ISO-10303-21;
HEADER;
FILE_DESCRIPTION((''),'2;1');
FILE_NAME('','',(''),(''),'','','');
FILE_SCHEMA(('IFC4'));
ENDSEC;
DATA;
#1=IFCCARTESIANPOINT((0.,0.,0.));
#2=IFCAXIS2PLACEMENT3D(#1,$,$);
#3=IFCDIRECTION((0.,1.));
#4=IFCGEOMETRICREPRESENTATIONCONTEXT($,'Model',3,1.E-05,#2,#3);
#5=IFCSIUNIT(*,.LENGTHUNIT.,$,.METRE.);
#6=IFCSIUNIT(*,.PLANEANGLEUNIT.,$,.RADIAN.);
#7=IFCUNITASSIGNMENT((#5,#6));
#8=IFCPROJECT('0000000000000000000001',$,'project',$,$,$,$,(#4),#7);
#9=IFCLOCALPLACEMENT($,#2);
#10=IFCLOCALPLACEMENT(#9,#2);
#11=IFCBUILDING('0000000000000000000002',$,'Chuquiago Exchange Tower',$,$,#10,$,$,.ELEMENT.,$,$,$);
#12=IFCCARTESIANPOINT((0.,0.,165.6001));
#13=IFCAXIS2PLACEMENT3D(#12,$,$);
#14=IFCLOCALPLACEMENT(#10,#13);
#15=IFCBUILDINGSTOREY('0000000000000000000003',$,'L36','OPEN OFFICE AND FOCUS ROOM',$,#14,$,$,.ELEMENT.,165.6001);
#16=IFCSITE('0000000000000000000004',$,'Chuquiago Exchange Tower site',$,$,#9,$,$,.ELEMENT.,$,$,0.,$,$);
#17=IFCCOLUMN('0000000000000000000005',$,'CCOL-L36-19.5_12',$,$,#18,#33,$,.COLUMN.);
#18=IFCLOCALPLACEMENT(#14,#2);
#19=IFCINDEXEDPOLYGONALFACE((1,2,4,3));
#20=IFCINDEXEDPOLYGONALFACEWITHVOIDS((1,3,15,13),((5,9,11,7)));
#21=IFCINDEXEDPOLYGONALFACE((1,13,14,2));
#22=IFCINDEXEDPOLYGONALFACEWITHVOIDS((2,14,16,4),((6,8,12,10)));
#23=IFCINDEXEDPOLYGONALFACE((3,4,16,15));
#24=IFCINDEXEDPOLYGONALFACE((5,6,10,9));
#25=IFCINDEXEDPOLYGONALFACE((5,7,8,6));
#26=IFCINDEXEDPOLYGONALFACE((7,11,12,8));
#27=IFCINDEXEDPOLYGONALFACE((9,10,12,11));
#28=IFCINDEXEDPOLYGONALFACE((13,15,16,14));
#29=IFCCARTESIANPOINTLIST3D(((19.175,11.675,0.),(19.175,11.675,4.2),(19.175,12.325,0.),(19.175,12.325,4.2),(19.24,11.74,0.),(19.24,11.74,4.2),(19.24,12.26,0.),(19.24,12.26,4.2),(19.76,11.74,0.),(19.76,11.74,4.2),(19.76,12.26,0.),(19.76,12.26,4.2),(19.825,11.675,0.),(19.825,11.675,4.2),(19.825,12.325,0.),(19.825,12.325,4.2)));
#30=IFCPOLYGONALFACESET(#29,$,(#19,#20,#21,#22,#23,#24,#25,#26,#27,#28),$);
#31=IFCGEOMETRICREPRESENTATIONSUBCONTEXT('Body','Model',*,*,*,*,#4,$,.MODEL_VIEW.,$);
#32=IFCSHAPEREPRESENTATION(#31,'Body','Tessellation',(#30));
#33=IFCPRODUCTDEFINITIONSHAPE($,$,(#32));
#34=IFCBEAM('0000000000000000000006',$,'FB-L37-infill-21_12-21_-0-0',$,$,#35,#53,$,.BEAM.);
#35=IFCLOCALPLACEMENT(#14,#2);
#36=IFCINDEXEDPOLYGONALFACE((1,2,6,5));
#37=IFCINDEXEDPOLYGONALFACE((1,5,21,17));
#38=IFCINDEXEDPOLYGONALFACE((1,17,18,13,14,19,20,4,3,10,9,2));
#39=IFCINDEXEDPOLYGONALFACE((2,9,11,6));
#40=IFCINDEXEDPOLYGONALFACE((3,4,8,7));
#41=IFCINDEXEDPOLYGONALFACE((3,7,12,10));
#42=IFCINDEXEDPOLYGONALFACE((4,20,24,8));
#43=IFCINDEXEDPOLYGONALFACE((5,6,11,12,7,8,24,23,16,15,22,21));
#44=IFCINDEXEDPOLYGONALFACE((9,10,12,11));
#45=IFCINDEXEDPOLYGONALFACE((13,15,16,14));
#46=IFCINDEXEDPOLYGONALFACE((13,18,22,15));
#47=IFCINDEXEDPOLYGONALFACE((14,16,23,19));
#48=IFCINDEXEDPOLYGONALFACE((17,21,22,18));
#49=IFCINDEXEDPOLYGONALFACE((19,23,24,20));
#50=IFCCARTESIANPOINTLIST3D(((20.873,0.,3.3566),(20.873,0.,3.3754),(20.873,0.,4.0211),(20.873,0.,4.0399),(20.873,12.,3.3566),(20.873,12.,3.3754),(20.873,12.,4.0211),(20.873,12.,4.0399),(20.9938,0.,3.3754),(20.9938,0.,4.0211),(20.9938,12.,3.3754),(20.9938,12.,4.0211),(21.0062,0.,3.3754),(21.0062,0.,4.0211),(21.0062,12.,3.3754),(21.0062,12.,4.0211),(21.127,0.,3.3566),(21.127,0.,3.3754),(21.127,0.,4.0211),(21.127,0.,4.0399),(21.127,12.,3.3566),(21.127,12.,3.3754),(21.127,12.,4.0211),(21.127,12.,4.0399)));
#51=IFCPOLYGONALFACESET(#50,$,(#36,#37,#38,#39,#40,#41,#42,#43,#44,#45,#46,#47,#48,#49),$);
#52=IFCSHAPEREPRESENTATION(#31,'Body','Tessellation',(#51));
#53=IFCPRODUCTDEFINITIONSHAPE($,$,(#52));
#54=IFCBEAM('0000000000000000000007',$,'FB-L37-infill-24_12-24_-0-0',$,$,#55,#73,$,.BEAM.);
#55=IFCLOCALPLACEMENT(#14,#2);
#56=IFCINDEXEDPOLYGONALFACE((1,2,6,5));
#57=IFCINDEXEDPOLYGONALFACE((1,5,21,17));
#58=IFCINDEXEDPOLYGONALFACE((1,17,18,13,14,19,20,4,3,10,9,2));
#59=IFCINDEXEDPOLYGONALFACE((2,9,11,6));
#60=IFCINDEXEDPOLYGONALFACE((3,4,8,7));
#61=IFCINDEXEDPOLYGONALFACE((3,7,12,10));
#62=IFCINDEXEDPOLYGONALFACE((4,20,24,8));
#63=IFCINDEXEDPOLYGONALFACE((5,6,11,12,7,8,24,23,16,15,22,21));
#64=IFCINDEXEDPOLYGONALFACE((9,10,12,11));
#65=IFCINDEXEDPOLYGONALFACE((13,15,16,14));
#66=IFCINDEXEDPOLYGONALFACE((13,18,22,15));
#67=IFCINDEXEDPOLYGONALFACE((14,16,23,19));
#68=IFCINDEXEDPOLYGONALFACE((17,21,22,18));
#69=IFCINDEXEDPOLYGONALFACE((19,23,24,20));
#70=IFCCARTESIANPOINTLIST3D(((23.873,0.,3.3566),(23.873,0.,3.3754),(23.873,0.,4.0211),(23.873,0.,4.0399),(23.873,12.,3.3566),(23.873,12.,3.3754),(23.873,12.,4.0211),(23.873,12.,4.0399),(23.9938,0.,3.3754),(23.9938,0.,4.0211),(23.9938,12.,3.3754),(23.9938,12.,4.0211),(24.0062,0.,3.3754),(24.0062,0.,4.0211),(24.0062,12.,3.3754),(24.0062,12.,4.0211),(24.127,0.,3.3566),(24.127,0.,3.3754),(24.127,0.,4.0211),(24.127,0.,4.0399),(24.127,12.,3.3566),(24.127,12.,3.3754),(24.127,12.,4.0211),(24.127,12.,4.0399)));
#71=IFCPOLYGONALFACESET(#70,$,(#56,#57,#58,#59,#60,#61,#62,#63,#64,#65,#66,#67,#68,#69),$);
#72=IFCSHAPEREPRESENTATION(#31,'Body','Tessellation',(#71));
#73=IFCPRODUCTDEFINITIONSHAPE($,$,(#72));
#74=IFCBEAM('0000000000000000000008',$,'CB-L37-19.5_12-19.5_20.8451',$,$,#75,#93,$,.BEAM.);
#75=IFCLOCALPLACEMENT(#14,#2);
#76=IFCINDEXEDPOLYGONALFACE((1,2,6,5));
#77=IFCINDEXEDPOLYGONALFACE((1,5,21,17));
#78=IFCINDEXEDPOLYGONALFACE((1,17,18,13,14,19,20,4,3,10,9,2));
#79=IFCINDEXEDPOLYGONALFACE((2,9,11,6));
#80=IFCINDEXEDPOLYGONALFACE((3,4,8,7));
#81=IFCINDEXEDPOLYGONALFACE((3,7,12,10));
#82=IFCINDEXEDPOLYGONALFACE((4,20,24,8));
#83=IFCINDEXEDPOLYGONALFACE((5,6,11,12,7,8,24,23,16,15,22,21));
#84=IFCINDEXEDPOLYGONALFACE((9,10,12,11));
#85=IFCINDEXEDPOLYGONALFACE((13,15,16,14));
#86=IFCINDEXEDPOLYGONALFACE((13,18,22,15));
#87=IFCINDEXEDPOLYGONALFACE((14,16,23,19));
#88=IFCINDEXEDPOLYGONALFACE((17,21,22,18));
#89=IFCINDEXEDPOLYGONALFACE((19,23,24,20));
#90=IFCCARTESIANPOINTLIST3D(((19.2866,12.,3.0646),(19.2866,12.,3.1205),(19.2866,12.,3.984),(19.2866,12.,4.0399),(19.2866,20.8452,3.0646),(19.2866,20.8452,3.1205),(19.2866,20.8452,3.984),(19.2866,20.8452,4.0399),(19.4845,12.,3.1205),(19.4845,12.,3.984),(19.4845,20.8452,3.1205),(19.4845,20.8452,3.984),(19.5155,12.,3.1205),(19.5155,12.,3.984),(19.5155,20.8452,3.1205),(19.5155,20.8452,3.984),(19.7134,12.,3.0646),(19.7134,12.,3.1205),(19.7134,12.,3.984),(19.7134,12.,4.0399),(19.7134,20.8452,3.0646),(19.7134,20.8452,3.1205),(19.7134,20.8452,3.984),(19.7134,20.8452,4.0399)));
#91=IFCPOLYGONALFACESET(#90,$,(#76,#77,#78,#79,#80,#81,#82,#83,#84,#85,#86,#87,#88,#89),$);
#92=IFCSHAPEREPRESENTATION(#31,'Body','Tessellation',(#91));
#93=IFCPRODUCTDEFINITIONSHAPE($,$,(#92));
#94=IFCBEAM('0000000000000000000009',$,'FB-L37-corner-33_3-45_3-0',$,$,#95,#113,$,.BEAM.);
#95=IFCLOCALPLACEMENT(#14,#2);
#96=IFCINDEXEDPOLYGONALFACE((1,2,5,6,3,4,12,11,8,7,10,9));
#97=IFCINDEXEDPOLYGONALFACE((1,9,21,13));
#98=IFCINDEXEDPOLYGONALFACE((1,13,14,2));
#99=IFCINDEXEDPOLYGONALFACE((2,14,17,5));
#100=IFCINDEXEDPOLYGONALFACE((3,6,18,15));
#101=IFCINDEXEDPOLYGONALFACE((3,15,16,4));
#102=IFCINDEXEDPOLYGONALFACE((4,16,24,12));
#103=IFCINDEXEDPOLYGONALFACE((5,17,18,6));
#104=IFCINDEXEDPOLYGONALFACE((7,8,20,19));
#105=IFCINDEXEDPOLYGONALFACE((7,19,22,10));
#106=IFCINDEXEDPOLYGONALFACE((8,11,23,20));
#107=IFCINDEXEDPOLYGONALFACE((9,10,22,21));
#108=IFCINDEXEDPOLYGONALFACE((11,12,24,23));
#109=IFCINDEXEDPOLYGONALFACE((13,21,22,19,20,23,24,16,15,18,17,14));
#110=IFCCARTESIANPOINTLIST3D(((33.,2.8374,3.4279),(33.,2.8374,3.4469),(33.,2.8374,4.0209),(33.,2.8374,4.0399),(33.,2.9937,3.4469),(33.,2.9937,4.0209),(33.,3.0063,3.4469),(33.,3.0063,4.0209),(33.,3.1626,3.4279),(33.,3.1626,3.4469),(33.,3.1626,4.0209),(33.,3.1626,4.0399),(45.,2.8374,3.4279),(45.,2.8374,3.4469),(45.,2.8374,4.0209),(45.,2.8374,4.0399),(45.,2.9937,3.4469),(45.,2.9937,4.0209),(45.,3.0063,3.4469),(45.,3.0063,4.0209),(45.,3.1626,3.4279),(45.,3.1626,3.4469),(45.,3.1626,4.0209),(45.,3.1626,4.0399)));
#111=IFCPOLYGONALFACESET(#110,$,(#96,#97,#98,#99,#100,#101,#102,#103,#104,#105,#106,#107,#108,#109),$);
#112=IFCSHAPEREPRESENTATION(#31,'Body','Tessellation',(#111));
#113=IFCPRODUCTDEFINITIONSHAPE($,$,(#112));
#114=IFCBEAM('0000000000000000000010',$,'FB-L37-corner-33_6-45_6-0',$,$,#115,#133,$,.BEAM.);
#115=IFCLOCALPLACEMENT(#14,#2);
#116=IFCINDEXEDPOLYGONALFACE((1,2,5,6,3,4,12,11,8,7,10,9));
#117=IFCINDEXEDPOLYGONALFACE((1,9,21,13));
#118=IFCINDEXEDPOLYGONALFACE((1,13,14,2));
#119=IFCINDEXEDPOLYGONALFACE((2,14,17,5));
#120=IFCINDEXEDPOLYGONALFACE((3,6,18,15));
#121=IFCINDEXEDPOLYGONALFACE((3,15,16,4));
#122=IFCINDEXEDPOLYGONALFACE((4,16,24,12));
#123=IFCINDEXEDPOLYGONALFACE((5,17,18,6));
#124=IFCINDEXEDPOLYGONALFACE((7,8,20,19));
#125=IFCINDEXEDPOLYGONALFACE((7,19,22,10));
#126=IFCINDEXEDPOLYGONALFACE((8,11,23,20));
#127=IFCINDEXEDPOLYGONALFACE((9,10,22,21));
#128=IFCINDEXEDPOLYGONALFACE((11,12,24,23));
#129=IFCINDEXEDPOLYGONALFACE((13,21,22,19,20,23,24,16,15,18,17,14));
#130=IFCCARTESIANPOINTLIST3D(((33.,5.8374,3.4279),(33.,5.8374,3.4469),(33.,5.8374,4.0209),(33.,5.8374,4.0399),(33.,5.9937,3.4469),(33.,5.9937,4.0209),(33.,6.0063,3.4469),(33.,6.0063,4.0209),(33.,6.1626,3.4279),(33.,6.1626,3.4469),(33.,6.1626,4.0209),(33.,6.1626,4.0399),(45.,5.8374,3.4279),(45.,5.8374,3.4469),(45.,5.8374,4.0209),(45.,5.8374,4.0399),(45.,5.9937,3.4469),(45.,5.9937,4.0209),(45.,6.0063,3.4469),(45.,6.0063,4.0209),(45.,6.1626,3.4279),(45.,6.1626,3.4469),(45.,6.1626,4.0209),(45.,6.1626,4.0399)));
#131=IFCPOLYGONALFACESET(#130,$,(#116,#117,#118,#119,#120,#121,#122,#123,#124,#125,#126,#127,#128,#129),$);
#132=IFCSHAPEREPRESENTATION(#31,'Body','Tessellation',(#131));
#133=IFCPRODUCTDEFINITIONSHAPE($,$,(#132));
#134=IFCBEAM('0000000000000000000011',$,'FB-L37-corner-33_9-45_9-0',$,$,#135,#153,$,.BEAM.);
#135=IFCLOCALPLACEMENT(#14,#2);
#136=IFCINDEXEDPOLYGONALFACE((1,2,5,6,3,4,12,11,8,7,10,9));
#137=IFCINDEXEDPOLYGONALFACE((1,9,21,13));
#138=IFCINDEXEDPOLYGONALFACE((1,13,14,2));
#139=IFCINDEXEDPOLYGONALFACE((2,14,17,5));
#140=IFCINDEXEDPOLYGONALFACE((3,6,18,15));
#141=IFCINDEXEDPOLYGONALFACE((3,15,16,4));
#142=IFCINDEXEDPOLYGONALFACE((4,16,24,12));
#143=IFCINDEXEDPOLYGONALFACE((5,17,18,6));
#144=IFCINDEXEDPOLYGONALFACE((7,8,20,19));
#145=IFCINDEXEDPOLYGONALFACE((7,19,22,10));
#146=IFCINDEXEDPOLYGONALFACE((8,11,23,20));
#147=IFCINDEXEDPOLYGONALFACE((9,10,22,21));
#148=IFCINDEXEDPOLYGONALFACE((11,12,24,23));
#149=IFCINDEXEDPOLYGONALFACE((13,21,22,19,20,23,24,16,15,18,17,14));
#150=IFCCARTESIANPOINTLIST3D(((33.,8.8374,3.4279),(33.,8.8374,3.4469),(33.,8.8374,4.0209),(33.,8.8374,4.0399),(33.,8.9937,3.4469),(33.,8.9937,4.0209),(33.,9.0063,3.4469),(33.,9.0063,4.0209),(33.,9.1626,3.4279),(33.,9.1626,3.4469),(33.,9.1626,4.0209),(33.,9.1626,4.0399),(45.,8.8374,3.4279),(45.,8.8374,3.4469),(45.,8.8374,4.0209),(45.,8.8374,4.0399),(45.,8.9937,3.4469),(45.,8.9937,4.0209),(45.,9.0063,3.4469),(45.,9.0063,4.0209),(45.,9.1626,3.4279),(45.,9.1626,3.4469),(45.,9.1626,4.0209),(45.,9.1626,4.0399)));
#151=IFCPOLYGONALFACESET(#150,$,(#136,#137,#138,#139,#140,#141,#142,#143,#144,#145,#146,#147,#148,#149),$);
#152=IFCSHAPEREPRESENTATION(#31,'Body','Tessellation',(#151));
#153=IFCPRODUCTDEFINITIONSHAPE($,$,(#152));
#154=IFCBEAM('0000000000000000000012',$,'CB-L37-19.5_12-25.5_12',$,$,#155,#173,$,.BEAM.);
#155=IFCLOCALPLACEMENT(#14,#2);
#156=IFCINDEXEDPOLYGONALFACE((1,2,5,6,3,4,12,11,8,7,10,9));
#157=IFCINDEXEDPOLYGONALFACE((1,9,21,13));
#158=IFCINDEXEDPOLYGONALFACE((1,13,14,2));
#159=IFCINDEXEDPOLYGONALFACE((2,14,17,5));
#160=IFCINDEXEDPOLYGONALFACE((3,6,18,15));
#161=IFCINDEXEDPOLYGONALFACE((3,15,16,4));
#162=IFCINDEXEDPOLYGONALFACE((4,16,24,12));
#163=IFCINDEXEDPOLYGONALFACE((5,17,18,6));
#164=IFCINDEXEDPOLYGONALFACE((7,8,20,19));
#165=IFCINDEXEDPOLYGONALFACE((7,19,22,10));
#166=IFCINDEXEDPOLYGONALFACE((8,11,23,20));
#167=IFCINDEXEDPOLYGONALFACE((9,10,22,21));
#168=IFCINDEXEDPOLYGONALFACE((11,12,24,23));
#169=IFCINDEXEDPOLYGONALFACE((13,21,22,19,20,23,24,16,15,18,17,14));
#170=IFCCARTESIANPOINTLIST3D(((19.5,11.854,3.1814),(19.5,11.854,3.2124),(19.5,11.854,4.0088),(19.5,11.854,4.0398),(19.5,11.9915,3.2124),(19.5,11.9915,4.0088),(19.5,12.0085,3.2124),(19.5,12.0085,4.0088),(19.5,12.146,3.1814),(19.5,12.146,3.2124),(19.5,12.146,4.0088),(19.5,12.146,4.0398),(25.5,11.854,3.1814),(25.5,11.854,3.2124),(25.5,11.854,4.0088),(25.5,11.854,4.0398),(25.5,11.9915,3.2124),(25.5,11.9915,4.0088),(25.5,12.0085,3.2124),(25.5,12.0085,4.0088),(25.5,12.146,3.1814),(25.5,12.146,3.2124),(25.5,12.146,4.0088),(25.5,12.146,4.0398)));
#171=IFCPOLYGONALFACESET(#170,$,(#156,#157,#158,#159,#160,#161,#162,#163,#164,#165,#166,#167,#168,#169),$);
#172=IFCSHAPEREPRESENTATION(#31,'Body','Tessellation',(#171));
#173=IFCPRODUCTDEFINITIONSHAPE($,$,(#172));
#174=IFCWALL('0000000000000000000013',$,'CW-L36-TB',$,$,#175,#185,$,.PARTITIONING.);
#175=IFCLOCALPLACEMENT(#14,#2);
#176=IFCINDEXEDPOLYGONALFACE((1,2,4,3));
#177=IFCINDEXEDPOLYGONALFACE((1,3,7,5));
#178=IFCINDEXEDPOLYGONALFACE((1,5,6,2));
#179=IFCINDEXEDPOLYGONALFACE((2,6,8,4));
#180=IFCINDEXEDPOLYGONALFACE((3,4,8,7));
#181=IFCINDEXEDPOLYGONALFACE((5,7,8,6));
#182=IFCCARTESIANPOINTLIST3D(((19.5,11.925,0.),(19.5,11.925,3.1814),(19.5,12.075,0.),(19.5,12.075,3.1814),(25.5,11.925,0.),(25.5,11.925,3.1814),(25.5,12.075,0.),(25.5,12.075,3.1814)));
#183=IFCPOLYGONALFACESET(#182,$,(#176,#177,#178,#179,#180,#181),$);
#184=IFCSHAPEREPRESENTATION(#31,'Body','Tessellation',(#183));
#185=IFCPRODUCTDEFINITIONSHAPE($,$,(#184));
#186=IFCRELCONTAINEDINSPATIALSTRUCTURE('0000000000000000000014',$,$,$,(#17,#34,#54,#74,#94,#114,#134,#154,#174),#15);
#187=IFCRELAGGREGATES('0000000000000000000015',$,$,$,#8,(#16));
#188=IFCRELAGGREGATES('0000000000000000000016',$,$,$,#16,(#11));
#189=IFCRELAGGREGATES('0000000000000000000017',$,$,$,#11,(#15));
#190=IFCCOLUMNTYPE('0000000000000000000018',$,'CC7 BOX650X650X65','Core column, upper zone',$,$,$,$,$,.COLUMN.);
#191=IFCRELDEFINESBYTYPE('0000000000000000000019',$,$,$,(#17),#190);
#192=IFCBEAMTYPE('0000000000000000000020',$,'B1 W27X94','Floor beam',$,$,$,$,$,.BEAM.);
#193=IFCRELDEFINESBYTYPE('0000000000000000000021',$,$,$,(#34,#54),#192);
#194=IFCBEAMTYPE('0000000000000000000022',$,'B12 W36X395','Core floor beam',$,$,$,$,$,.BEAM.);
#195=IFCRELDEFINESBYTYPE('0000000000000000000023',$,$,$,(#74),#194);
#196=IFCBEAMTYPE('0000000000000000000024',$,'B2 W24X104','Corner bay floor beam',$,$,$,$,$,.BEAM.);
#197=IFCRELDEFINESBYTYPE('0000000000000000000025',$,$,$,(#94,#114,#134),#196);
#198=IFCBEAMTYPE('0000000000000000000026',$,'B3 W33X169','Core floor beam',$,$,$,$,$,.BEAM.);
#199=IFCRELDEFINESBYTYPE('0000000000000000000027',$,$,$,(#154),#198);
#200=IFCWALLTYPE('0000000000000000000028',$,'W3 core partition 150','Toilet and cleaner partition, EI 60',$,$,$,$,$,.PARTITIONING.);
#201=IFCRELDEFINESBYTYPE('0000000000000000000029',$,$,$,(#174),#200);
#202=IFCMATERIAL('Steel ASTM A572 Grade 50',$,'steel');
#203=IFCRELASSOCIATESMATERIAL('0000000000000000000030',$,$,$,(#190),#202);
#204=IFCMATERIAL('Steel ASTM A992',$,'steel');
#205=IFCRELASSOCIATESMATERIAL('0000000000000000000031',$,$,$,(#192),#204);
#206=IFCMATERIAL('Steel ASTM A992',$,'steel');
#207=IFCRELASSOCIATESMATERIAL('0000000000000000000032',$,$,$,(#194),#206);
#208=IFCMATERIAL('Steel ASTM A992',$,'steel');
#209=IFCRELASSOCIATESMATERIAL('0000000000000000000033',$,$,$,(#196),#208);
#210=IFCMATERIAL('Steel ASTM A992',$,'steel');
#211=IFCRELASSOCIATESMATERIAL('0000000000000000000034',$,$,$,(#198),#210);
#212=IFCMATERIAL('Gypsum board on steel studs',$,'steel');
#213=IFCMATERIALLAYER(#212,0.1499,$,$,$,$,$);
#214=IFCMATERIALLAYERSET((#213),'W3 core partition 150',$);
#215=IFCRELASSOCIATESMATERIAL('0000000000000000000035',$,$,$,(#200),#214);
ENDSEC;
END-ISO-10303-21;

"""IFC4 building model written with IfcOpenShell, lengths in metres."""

from ifc_helpers import new_model, si_unit, direction, frame, frame_2d, origin, origin_2d, place, context, subcontext, project, spatial, rectangle, hollow_rectangle, i_section, extrude, material, layer, layer_set, material_profile, profile_set, type_object, element, save


model = new_model("IFC4")

# Units and contexts
model_context = context("Model", 3, precision=1e-05, world=origin(), true_north=direction((0.0, 1.0)))
body_context = subcontext(model_context, "Body", "Model", "MODEL_VIEW")
ifc_project = project(units=[si_unit("LENGTHUNIT", "METRE"), si_unit("PLANEANGLEUNIT", "RADIAN")], contexts=[model_context])

# Site, building, storey
site_placement = place(None, origin())
site = spatial("IfcSite", under=ifc_project, at=site_placement, Name="Chuquiago Exchange Tower site", CompositionType="ELEMENT", RefElevation=0.0)
building_placement = place(site_placement, origin())
building = spatial("IfcBuilding", under=site, at=building_placement, Name="Chuquiago Exchange Tower", CompositionType="ELEMENT")
storey_placement = place(building_placement, frame((0.0, 0.0, 165.6001)))
storey = spatial("IfcBuildingStorey", under=building, at=storey_placement, Name="L36", Description="OPEN OFFICE AND FOCUS ROOM", CompositionType="ELEMENT", Elevation=165.6001)

# Column
ifc_material_1 = material(Name="Steel ASTM A572 Grade 50", Category="steel")
ifc_material_profile_1 = material_profile(ifc_material_1, hollow_rectangle(XDim=0.6499, YDim=0.6499, WallThickness=0.0649, at=origin_2d()), Name="BOX650X650X65")
ifc_profile_set_1 = profile_set([ifc_material_profile_1], Name="Steel ASTM A572 Grade 50")
column_type = type_object("IfcColumnType", Name="CC7 BOX650X650X65", Description="Core column, upper zone", PredefinedType="COLUMN", material=ifc_profile_set_1)
column_placement = place(storey_placement, frame((19.5, 12.0, 0.0), z_axis=(0.0, 0.0, 1.0), x_axis=(1.0, 0.0, 0.0)))
element("IfcColumn", 1, at=column_placement, inside=storey, type_object=column_type, Name="CCOL-L36-19.5_12", PredefinedType="COLUMN", context=body_context, shape_type="SweptSolid", body=[
    extrude(hollow_rectangle(XDim=0.6499, YDim=0.6499, WallThickness=0.0649, at=origin_2d()), origin(), (0.0, 0.0, 1.0), 4.2),
])

# Beams
ifc_material_2 = material(Name="Steel ASTM A992", Category="steel")
ifc_material_profile_2 = material_profile(ifc_material_2, i_section(OverallWidth=0.2539, OverallDepth=0.6833, WebThickness=0.0125, FlangeThickness=0.0188, at=origin_2d()), Name="W27X94")
ifc_profile_set_2 = profile_set([ifc_material_profile_2], Name="Steel ASTM A992")
beam_type_1 = type_object("IfcBeamType", Name="B1 W27X94", Description="Floor beam", PredefinedType="BEAM", material=ifc_profile_set_2)
for number, where, z_axis, x_axis, name in (
    (2, (21.0, 12.0, 3.6982), (0.0, -1.0, 0.0), (1.0, 0.0, 0.0), "FB-L37-infill-21_12-21_-0-0"),
    (3, (24.0, 12.0, 3.6982), (0.0, -1.0, 0.0), (1.0, 0.0, 0.0), "FB-L37-infill-24_12-24_-0-0"),
):
    element("IfcBeam", number, at=place(storey_placement, frame(where, z_axis=z_axis, x_axis=x_axis)), inside=storey, type_object=beam_type_1, Name=name, PredefinedType="BEAM", context=body_context, shape_type="SweptSolid", body=[
        extrude(i_section(OverallWidth=0.2539, OverallDepth=0.6833, WebThickness=0.0125, FlangeThickness=0.0188, at=origin_2d()), origin(), (0.0, 0.0, 1.0), 12.0),
    ])
ifc_material_3 = material(Name="Steel ASTM A992", Category="steel")
ifc_material_profile_3 = material_profile(ifc_material_3, i_section(OverallWidth=0.4268, OverallDepth=0.9753, WebThickness=0.031, FlangeThickness=0.0559, at=origin_2d()), Name="W36X395")
ifc_profile_set_3 = profile_set([ifc_material_profile_3], Name="Steel ASTM A992")
beam_type_2 = type_object("IfcBeamType", Name="B12 W36X395", Description="Core floor beam", PredefinedType="BEAM", material=ifc_profile_set_3)
beam_1_placement = place(storey_placement, frame((19.5, 12.0, 3.5522), z_axis=(0.0, 1.0, 0.0), x_axis=(-1.0, 0.0, 0.0)))
element("IfcBeam", 4, at=beam_1_placement, inside=storey, type_object=beam_type_2, Name="CB-L37-19.5_12-19.5_20.8451", PredefinedType="BEAM", context=body_context, shape_type="SweptSolid", body=[
    extrude(i_section(OverallWidth=0.4268, OverallDepth=0.9753, WebThickness=0.031, FlangeThickness=0.0559, at=origin_2d()), origin(), (0.0, 0.0, 1.0), 8.8452),
])
ifc_material_4 = material(Name="Steel ASTM A992", Category="steel")
ifc_material_profile_4 = material_profile(ifc_material_4, i_section(OverallWidth=0.3252, OverallDepth=0.6121, WebThickness=0.0127, FlangeThickness=0.019, at=origin_2d()), Name="W24X104")
ifc_profile_set_4 = profile_set([ifc_material_profile_4], Name="Steel ASTM A992")
beam_type_3 = type_object("IfcBeamType", Name="B2 W24X104", Description="Corner bay floor beam", PredefinedType="BEAM", material=ifc_profile_set_4)
for number, where, z_axis, x_axis, name in (
    (5, (33.0, 3.0, 3.7339), (1.0, 0.0, 0.0), (0.0, 1.0, 0.0), "FB-L37-corner-33_3-45_3-0"),
    (6, (33.0, 6.0, 3.7339), (1.0, 0.0, 0.0), (0.0, 1.0, 0.0), "FB-L37-corner-33_6-45_6-0"),
    (7, (33.0, 9.0, 3.7339), (1.0, 0.0, 0.0), (0.0, 1.0, 0.0), "FB-L37-corner-33_9-45_9-0"),
):
    element("IfcBeam", number, at=place(storey_placement, frame(where, z_axis=z_axis, x_axis=x_axis)), inside=storey, type_object=beam_type_3, Name=name, PredefinedType="BEAM", context=body_context, shape_type="SweptSolid", body=[
        extrude(i_section(OverallWidth=0.3252, OverallDepth=0.6121, WebThickness=0.0127, FlangeThickness=0.019, at=origin_2d()), origin(), (0.0, 0.0, 1.0), 12.0),
    ])
ifc_material_5 = material(Name="Steel ASTM A992", Category="steel")
ifc_material_profile_5 = material_profile(ifc_material_5, i_section(OverallWidth=0.292, OverallDepth=0.8584, WebThickness=0.0171, FlangeThickness=0.031, at=origin_2d()), Name="W33X169")
ifc_profile_set_5 = profile_set([ifc_material_profile_5], Name="Steel ASTM A992")
beam_type_4 = type_object("IfcBeamType", Name="B3 W33X169", Description="Core floor beam", PredefinedType="BEAM", material=ifc_profile_set_5)
beam_2_placement = place(storey_placement, frame((19.5, 12.0, 3.6106), z_axis=(1.0, 0.0, 0.0), x_axis=(0.0, 1.0, 0.0)))
element("IfcBeam", 8, at=beam_2_placement, inside=storey, type_object=beam_type_4, Name="CB-L37-19.5_12-25.5_12", PredefinedType="BEAM", context=body_context, shape_type="SweptSolid", body=[
    extrude(i_section(OverallWidth=0.292, OverallDepth=0.8584, WebThickness=0.0171, FlangeThickness=0.031, at=origin_2d()), origin(), (0.0, 0.0, 1.0), 6.0),
])

# Wall
ifc_material_6 = material(Name="Gypsum board on steel studs", Category="steel")
ifc_layer_1 = layer(ifc_material_6, 0.1499)
ifc_layer_set_1 = layer_set([ifc_layer_1], Name="W3 core partition 150")
wall_type_1 = type_object("IfcWallType", Name="W3 core partition 150", Description="Toilet and cleaner partition, EI 60", PredefinedType="PARTITIONING", material=ifc_layer_set_1)
wall_1_placement = place(storey_placement, frame((19.5, 12.0, 0.0), z_axis=(0.0, 0.0, 1.0), x_axis=(1.0, 0.0, 0.0)))
element("IfcWall", 9, at=wall_1_placement, inside=storey, type_object=wall_type_1, Name="CW-L36-TB", PredefinedType="PARTITIONING", context=body_context, shape_type="SweptSolid", body=[
    extrude(rectangle(XDim=6.0, YDim=0.1499, at=frame_2d((3.0, 0.0))), origin(), (0.0, 0.0, 1.0), 3.1814),
])

save(model, "model.ifc")
